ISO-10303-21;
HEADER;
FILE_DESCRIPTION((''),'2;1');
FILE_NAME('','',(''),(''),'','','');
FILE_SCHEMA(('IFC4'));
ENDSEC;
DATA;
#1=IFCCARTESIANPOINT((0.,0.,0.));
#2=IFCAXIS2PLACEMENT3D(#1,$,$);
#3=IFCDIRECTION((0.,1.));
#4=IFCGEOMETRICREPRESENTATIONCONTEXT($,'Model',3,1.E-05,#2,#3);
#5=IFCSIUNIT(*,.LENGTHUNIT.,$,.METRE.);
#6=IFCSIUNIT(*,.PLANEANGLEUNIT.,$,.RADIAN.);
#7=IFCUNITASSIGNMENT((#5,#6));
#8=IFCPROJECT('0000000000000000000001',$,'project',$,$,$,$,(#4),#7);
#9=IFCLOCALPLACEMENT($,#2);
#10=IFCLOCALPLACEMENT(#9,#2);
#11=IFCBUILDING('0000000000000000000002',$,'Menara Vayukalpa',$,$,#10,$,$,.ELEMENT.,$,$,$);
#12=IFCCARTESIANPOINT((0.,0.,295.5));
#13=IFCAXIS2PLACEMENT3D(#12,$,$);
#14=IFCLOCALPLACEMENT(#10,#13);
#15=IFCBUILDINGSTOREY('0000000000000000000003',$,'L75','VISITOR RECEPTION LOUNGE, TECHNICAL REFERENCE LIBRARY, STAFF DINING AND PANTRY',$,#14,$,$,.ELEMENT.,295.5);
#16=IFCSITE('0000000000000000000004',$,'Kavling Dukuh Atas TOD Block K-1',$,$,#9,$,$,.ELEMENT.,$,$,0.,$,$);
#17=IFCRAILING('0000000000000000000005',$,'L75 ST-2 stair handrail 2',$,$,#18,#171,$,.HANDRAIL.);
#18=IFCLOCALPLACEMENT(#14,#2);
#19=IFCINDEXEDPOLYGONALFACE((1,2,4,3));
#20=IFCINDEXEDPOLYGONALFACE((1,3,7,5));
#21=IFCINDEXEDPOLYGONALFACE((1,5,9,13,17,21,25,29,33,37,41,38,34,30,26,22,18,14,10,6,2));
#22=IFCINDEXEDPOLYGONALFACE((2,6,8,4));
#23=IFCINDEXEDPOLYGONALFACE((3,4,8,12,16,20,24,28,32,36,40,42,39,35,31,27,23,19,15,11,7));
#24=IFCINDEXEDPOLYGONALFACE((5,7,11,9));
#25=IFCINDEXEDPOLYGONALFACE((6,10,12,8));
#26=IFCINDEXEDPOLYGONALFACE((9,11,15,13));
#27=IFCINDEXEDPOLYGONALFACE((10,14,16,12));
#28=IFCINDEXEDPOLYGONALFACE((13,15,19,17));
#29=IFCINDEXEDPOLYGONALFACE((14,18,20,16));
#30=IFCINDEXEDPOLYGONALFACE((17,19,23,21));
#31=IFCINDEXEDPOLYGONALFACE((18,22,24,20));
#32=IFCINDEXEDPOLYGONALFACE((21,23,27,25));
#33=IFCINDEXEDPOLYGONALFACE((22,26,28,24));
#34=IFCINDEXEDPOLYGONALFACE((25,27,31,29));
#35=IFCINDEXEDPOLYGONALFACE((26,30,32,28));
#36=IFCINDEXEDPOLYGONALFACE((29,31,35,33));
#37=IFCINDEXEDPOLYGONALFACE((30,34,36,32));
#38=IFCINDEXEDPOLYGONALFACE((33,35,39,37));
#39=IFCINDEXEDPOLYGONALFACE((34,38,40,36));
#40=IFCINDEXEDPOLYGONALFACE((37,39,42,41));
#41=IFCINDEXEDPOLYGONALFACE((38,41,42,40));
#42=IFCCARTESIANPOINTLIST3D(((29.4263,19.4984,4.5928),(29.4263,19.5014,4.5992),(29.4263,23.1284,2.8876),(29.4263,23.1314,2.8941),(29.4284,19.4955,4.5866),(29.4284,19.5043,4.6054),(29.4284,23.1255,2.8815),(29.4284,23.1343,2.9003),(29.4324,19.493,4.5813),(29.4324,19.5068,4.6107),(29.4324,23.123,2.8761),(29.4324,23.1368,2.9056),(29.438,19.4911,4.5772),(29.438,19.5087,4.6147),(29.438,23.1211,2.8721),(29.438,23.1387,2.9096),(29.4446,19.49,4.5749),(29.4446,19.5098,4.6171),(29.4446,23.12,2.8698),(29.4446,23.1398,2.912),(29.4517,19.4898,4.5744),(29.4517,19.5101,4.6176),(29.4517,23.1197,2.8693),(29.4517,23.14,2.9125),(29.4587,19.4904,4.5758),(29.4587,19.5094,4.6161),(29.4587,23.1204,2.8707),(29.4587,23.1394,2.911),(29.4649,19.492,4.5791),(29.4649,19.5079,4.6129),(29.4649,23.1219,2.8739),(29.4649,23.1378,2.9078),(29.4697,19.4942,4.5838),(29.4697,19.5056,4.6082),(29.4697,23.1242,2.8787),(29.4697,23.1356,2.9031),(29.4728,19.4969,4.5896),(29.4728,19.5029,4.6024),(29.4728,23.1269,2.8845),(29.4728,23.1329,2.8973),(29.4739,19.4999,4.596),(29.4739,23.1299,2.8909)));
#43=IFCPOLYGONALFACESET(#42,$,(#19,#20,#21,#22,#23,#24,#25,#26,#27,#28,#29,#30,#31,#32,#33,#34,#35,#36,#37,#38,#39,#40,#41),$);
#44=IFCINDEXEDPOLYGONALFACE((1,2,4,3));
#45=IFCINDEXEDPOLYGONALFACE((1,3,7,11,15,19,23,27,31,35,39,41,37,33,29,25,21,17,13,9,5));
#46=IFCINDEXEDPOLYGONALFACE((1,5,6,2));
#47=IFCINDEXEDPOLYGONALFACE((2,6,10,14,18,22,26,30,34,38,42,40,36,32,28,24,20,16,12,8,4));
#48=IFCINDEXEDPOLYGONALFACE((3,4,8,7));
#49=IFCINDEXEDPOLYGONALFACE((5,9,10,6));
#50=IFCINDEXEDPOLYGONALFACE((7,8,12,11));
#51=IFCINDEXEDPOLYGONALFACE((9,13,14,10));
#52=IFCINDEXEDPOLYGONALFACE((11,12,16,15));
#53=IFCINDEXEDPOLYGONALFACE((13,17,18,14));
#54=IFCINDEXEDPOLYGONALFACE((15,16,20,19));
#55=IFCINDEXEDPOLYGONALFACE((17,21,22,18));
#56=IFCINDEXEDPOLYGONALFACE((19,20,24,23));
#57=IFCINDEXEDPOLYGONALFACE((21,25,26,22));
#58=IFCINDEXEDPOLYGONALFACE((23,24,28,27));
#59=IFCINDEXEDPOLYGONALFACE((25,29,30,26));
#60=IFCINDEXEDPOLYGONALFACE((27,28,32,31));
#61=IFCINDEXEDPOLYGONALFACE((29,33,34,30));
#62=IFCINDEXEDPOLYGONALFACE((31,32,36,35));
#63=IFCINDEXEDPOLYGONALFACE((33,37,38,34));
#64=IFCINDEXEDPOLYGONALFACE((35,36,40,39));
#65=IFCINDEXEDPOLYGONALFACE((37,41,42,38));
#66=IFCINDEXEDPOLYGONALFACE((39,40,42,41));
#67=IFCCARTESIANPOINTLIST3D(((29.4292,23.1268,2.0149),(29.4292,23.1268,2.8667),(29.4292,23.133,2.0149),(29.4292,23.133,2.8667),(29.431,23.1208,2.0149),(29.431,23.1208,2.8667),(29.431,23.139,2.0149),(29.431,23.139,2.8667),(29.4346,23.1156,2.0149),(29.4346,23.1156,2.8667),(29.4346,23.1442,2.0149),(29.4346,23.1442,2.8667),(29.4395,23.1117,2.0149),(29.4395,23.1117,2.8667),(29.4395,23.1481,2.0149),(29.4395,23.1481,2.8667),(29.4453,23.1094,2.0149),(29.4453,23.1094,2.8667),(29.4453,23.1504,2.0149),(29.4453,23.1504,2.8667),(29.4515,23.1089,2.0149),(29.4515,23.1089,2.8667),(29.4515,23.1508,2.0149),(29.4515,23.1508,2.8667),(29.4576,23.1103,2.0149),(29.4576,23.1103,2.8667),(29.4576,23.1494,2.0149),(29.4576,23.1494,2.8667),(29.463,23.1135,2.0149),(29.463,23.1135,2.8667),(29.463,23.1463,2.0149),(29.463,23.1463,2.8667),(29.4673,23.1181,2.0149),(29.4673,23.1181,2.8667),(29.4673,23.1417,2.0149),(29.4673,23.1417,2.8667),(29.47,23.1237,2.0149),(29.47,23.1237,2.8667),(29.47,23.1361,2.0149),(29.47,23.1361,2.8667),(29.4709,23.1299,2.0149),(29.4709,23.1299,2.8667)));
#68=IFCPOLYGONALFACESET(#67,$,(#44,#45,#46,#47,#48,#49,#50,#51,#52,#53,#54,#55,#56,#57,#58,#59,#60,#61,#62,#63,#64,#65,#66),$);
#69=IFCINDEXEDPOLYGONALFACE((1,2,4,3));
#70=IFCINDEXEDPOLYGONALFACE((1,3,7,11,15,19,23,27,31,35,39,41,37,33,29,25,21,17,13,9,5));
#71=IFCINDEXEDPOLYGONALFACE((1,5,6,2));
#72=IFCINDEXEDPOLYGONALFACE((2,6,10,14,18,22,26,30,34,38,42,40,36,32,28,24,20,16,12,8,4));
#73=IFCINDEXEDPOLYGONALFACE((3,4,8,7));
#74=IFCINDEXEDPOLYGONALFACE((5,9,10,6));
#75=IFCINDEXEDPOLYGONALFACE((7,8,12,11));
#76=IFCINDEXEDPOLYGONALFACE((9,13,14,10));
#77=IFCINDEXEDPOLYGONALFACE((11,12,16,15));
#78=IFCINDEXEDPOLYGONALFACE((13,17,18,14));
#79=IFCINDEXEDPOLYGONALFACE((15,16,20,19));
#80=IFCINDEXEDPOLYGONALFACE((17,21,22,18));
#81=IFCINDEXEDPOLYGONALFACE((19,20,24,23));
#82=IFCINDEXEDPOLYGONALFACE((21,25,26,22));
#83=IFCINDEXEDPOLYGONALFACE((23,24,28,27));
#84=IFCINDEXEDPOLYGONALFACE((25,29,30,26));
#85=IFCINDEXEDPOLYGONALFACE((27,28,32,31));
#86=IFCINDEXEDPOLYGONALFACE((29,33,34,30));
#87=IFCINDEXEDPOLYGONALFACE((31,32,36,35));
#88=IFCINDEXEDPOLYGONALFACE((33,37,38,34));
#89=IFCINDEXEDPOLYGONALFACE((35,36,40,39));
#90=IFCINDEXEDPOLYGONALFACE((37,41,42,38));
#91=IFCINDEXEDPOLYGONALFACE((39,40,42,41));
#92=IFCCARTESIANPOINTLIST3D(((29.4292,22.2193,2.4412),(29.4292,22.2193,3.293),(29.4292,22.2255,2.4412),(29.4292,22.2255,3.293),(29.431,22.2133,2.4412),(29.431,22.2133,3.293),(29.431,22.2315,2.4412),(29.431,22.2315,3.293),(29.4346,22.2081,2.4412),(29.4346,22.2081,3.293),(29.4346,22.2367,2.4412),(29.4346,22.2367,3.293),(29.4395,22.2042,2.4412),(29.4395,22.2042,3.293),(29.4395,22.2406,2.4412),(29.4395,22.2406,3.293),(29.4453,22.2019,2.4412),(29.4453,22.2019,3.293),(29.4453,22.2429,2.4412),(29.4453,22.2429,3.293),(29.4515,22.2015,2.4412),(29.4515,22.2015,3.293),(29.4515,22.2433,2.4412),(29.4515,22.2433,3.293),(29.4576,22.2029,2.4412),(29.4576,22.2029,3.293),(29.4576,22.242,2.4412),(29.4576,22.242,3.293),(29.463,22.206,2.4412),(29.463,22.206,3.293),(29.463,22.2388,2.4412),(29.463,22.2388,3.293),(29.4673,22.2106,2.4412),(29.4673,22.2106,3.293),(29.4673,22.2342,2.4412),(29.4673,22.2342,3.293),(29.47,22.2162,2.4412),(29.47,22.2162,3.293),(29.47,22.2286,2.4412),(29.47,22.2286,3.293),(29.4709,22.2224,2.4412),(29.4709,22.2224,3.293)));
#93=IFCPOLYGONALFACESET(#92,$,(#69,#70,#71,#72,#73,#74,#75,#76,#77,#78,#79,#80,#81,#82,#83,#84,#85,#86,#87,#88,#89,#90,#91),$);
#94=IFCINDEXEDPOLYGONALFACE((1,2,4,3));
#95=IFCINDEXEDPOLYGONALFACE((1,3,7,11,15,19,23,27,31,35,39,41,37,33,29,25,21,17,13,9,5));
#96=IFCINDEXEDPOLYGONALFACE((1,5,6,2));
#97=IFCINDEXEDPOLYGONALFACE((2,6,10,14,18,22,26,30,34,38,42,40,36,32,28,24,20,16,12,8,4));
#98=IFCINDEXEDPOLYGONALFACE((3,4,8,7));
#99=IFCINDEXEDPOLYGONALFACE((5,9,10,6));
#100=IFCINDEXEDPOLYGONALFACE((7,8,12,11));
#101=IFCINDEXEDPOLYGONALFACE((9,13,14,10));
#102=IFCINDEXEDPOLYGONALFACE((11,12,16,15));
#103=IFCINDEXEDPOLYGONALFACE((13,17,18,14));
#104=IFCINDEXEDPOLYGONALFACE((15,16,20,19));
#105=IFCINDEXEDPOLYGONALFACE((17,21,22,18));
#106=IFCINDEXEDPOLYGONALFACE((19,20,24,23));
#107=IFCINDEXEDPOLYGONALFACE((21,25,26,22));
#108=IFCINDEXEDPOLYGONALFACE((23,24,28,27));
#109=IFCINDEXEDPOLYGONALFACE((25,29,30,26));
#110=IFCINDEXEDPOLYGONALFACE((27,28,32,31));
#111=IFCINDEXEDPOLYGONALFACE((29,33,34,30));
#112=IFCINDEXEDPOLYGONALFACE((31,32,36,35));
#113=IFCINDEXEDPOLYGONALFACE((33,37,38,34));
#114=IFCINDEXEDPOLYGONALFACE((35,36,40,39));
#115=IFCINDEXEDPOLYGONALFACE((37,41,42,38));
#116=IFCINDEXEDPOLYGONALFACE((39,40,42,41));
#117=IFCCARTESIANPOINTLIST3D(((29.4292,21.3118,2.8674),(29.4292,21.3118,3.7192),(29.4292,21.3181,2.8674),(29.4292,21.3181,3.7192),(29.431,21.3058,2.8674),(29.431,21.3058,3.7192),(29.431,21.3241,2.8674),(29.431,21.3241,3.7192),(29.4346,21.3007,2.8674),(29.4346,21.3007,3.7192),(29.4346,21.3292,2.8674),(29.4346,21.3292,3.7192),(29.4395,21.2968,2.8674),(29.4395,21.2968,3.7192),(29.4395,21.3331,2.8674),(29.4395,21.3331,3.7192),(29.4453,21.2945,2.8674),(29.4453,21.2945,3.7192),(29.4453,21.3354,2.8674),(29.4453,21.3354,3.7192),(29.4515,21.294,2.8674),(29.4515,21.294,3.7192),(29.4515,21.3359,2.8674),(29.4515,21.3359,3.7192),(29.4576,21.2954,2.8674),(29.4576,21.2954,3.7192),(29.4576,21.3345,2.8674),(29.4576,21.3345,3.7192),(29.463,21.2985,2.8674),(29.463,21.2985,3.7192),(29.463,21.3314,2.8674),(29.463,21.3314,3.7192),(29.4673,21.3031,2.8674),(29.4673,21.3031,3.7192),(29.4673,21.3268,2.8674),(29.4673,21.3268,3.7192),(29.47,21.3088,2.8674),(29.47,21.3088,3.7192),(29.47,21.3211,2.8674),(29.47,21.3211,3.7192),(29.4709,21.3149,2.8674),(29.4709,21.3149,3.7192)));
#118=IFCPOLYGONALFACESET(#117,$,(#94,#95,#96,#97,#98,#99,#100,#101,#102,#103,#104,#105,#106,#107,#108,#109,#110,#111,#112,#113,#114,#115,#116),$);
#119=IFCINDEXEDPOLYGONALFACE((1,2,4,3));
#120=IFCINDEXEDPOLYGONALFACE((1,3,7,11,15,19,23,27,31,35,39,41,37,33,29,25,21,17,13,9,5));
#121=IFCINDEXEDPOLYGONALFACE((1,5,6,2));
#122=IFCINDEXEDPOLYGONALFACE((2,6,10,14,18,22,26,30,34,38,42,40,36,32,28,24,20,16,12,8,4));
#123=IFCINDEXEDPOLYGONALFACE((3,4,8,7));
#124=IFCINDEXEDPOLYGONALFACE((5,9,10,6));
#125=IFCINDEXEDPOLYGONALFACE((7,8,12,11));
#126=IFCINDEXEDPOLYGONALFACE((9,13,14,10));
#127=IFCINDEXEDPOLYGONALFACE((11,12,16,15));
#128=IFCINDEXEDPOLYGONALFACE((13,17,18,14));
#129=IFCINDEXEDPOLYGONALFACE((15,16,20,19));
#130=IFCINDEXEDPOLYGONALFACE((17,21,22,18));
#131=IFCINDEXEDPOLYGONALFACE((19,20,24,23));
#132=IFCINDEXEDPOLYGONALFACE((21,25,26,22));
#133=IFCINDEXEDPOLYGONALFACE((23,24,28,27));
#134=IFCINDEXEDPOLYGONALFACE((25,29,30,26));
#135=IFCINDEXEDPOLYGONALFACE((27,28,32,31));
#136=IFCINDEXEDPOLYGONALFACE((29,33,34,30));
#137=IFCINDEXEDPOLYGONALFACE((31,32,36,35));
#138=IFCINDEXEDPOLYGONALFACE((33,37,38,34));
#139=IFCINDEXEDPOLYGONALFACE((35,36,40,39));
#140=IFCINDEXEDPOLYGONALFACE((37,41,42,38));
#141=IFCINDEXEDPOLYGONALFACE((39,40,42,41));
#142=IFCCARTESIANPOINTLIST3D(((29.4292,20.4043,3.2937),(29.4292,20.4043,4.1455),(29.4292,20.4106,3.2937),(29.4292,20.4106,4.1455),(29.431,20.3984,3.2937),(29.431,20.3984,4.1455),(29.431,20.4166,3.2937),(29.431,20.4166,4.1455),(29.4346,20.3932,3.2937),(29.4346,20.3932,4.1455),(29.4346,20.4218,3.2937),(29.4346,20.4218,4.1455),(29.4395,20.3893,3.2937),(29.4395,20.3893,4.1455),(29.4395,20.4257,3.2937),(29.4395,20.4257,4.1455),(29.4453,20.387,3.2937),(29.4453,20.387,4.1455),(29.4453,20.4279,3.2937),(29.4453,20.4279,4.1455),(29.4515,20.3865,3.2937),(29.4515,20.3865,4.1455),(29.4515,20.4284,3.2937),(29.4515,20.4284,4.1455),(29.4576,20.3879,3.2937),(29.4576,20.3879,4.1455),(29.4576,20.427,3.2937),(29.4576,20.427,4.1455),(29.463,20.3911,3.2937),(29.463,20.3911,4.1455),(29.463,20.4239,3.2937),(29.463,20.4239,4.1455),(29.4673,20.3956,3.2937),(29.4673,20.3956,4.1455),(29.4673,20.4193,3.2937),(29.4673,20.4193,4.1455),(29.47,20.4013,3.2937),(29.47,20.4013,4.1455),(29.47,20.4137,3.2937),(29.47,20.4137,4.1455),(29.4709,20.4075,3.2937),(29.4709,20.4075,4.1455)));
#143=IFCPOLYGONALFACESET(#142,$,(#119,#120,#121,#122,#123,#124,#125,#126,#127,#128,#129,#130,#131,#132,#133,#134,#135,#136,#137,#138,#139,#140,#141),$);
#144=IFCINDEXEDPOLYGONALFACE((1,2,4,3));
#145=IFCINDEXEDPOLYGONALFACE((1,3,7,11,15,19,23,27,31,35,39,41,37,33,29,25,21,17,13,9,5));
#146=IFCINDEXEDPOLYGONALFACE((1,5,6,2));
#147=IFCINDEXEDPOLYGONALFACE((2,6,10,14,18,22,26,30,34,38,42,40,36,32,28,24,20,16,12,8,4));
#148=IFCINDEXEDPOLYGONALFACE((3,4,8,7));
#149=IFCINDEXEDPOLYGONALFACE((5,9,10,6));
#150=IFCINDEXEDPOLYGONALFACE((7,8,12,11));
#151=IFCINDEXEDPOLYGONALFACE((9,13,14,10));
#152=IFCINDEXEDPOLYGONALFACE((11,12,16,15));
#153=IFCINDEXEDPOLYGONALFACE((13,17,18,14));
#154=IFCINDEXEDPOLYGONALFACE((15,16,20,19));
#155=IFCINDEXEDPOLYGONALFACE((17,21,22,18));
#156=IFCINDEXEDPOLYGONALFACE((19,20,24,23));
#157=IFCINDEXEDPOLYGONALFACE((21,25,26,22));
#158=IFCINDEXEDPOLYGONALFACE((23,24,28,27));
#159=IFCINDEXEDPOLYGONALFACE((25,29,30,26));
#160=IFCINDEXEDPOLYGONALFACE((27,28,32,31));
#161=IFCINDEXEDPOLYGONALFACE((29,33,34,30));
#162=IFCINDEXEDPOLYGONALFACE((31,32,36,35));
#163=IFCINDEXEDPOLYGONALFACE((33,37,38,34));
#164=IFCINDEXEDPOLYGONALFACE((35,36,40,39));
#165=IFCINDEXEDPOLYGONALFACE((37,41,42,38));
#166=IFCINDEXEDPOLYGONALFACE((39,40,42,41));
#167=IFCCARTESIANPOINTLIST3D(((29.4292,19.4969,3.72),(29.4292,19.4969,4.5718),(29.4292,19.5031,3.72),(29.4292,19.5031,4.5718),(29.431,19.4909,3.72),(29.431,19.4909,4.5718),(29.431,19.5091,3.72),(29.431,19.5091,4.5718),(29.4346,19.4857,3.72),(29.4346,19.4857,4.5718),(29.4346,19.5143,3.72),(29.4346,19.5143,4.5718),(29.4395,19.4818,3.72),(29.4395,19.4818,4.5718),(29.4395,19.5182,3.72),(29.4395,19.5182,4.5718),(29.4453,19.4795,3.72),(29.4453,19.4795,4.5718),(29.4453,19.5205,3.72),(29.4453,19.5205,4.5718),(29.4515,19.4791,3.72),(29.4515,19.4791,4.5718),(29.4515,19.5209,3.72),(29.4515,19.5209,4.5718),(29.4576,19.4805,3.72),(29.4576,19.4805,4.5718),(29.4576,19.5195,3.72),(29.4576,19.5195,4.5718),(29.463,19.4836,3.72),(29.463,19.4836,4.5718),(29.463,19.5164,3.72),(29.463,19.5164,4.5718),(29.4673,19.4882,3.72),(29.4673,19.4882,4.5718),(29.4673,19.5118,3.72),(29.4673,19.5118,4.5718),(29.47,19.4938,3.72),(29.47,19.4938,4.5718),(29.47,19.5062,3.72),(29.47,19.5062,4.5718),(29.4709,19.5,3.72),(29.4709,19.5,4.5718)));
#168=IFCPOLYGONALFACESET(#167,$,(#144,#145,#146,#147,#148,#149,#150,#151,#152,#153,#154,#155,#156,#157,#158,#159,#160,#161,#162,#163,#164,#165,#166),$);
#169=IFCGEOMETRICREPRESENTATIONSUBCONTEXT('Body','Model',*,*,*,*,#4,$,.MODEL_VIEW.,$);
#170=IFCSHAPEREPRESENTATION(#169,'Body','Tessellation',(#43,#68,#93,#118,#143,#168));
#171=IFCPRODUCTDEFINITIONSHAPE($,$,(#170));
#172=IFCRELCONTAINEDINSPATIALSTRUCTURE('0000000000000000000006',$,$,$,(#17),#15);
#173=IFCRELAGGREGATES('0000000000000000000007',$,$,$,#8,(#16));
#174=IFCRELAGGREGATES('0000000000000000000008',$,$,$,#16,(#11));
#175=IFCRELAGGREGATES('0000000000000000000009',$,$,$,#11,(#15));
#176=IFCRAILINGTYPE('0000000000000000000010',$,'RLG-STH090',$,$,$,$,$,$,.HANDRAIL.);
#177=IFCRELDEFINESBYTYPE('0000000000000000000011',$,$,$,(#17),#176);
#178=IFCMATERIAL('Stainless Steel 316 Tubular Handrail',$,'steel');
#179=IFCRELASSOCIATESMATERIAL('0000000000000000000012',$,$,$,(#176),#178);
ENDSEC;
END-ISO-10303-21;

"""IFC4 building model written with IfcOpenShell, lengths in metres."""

from ifc_helpers import new_model, si_unit, direction, frame, origin, origin_2d, place, context, subcontext, project, spatial, circle, extrude, material, type_object, element, save


model = new_model("IFC4")

# Units and contexts
model_context = context("Model", 3, precision=1e-05, world=origin(), true_north=direction((0.0, 1.0)))
body_context = subcontext(model_context, "Body", "Model", "MODEL_VIEW")
ifc_project = project(units=[si_unit("LENGTHUNIT", "METRE"), si_unit("PLANEANGLEUNIT", "RADIAN")], contexts=[model_context])

# Site, building, storey
site_placement = place(None, origin())
site = spatial("IfcSite", under=ifc_project, at=site_placement, Name="Kavling Dukuh Atas TOD Block K-1", CompositionType="ELEMENT", RefElevation=0.0)
building_placement = place(site_placement, origin())
building = spatial("IfcBuilding", under=site, at=building_placement, Name="Menara Vayukalpa", CompositionType="ELEMENT")
storey_placement = place(building_placement, frame((0.0, 0.0, 295.5)))
storey = spatial("IfcBuildingStorey", under=building, at=storey_placement, Name="L75", Description="VISITOR RECEPTION LOUNGE, TECHNICAL REFERENCE LIBRARY, STAFF DINING AND PANTRY", CompositionType="ELEMENT", Elevation=295.5)

# Railing
ifc_material_1 = material(Name="Stainless Steel 316 Tubular Handrail", Category="steel")
railing_type_1 = type_object("IfcRailingType", Name="RLG-STH090", PredefinedType="HANDRAIL", material=ifc_material_1)
railing_1_placement = place(storey_placement, frame((29.45, 23.1299, 2.0149)))
element("IfcRailing", 1, at=railing_1_placement, inside=storey, type_object=railing_type_1, Name="L75 ST-2 stair handrail 2", PredefinedType="HANDRAIL", context=body_context, shape_type="SweptSolid", body=[
    extrude(circle(Radius=0.0239, at=origin_2d()), frame((0.0, 0.0, 0.876), z_axis=(0.0, -0.905116, 0.425164), x_axis=(1.0, 0.0, 0.0)), (0.0, 0.0, 1.0), 4.0105),
    extrude(circle(Radius=0.021, at=origin_2d()), origin(), (0.0, 0.0, 1.0), 0.8518),
    extrude(circle(Radius=0.021, at=origin_2d()), frame((0.0, -0.9075, 0.4263)), (0.0, 0.0, 1.0), 0.8518),
    extrude(circle(Radius=0.021, at=origin_2d()), frame((0.0, -1.8149, 0.8525)), (0.0, 0.0, 1.0), 0.8518),
    extrude(circle(Radius=0.021, at=origin_2d()), frame((0.0, -2.7224, 1.2788)), (0.0, 0.0, 1.0), 0.8518),
    extrude(circle(Radius=0.021, at=origin_2d()), frame((0.0, -3.6299, 1.7051)), (0.0, 0.0, 1.0), 0.8518),
])

save(model, "model.ifc")
